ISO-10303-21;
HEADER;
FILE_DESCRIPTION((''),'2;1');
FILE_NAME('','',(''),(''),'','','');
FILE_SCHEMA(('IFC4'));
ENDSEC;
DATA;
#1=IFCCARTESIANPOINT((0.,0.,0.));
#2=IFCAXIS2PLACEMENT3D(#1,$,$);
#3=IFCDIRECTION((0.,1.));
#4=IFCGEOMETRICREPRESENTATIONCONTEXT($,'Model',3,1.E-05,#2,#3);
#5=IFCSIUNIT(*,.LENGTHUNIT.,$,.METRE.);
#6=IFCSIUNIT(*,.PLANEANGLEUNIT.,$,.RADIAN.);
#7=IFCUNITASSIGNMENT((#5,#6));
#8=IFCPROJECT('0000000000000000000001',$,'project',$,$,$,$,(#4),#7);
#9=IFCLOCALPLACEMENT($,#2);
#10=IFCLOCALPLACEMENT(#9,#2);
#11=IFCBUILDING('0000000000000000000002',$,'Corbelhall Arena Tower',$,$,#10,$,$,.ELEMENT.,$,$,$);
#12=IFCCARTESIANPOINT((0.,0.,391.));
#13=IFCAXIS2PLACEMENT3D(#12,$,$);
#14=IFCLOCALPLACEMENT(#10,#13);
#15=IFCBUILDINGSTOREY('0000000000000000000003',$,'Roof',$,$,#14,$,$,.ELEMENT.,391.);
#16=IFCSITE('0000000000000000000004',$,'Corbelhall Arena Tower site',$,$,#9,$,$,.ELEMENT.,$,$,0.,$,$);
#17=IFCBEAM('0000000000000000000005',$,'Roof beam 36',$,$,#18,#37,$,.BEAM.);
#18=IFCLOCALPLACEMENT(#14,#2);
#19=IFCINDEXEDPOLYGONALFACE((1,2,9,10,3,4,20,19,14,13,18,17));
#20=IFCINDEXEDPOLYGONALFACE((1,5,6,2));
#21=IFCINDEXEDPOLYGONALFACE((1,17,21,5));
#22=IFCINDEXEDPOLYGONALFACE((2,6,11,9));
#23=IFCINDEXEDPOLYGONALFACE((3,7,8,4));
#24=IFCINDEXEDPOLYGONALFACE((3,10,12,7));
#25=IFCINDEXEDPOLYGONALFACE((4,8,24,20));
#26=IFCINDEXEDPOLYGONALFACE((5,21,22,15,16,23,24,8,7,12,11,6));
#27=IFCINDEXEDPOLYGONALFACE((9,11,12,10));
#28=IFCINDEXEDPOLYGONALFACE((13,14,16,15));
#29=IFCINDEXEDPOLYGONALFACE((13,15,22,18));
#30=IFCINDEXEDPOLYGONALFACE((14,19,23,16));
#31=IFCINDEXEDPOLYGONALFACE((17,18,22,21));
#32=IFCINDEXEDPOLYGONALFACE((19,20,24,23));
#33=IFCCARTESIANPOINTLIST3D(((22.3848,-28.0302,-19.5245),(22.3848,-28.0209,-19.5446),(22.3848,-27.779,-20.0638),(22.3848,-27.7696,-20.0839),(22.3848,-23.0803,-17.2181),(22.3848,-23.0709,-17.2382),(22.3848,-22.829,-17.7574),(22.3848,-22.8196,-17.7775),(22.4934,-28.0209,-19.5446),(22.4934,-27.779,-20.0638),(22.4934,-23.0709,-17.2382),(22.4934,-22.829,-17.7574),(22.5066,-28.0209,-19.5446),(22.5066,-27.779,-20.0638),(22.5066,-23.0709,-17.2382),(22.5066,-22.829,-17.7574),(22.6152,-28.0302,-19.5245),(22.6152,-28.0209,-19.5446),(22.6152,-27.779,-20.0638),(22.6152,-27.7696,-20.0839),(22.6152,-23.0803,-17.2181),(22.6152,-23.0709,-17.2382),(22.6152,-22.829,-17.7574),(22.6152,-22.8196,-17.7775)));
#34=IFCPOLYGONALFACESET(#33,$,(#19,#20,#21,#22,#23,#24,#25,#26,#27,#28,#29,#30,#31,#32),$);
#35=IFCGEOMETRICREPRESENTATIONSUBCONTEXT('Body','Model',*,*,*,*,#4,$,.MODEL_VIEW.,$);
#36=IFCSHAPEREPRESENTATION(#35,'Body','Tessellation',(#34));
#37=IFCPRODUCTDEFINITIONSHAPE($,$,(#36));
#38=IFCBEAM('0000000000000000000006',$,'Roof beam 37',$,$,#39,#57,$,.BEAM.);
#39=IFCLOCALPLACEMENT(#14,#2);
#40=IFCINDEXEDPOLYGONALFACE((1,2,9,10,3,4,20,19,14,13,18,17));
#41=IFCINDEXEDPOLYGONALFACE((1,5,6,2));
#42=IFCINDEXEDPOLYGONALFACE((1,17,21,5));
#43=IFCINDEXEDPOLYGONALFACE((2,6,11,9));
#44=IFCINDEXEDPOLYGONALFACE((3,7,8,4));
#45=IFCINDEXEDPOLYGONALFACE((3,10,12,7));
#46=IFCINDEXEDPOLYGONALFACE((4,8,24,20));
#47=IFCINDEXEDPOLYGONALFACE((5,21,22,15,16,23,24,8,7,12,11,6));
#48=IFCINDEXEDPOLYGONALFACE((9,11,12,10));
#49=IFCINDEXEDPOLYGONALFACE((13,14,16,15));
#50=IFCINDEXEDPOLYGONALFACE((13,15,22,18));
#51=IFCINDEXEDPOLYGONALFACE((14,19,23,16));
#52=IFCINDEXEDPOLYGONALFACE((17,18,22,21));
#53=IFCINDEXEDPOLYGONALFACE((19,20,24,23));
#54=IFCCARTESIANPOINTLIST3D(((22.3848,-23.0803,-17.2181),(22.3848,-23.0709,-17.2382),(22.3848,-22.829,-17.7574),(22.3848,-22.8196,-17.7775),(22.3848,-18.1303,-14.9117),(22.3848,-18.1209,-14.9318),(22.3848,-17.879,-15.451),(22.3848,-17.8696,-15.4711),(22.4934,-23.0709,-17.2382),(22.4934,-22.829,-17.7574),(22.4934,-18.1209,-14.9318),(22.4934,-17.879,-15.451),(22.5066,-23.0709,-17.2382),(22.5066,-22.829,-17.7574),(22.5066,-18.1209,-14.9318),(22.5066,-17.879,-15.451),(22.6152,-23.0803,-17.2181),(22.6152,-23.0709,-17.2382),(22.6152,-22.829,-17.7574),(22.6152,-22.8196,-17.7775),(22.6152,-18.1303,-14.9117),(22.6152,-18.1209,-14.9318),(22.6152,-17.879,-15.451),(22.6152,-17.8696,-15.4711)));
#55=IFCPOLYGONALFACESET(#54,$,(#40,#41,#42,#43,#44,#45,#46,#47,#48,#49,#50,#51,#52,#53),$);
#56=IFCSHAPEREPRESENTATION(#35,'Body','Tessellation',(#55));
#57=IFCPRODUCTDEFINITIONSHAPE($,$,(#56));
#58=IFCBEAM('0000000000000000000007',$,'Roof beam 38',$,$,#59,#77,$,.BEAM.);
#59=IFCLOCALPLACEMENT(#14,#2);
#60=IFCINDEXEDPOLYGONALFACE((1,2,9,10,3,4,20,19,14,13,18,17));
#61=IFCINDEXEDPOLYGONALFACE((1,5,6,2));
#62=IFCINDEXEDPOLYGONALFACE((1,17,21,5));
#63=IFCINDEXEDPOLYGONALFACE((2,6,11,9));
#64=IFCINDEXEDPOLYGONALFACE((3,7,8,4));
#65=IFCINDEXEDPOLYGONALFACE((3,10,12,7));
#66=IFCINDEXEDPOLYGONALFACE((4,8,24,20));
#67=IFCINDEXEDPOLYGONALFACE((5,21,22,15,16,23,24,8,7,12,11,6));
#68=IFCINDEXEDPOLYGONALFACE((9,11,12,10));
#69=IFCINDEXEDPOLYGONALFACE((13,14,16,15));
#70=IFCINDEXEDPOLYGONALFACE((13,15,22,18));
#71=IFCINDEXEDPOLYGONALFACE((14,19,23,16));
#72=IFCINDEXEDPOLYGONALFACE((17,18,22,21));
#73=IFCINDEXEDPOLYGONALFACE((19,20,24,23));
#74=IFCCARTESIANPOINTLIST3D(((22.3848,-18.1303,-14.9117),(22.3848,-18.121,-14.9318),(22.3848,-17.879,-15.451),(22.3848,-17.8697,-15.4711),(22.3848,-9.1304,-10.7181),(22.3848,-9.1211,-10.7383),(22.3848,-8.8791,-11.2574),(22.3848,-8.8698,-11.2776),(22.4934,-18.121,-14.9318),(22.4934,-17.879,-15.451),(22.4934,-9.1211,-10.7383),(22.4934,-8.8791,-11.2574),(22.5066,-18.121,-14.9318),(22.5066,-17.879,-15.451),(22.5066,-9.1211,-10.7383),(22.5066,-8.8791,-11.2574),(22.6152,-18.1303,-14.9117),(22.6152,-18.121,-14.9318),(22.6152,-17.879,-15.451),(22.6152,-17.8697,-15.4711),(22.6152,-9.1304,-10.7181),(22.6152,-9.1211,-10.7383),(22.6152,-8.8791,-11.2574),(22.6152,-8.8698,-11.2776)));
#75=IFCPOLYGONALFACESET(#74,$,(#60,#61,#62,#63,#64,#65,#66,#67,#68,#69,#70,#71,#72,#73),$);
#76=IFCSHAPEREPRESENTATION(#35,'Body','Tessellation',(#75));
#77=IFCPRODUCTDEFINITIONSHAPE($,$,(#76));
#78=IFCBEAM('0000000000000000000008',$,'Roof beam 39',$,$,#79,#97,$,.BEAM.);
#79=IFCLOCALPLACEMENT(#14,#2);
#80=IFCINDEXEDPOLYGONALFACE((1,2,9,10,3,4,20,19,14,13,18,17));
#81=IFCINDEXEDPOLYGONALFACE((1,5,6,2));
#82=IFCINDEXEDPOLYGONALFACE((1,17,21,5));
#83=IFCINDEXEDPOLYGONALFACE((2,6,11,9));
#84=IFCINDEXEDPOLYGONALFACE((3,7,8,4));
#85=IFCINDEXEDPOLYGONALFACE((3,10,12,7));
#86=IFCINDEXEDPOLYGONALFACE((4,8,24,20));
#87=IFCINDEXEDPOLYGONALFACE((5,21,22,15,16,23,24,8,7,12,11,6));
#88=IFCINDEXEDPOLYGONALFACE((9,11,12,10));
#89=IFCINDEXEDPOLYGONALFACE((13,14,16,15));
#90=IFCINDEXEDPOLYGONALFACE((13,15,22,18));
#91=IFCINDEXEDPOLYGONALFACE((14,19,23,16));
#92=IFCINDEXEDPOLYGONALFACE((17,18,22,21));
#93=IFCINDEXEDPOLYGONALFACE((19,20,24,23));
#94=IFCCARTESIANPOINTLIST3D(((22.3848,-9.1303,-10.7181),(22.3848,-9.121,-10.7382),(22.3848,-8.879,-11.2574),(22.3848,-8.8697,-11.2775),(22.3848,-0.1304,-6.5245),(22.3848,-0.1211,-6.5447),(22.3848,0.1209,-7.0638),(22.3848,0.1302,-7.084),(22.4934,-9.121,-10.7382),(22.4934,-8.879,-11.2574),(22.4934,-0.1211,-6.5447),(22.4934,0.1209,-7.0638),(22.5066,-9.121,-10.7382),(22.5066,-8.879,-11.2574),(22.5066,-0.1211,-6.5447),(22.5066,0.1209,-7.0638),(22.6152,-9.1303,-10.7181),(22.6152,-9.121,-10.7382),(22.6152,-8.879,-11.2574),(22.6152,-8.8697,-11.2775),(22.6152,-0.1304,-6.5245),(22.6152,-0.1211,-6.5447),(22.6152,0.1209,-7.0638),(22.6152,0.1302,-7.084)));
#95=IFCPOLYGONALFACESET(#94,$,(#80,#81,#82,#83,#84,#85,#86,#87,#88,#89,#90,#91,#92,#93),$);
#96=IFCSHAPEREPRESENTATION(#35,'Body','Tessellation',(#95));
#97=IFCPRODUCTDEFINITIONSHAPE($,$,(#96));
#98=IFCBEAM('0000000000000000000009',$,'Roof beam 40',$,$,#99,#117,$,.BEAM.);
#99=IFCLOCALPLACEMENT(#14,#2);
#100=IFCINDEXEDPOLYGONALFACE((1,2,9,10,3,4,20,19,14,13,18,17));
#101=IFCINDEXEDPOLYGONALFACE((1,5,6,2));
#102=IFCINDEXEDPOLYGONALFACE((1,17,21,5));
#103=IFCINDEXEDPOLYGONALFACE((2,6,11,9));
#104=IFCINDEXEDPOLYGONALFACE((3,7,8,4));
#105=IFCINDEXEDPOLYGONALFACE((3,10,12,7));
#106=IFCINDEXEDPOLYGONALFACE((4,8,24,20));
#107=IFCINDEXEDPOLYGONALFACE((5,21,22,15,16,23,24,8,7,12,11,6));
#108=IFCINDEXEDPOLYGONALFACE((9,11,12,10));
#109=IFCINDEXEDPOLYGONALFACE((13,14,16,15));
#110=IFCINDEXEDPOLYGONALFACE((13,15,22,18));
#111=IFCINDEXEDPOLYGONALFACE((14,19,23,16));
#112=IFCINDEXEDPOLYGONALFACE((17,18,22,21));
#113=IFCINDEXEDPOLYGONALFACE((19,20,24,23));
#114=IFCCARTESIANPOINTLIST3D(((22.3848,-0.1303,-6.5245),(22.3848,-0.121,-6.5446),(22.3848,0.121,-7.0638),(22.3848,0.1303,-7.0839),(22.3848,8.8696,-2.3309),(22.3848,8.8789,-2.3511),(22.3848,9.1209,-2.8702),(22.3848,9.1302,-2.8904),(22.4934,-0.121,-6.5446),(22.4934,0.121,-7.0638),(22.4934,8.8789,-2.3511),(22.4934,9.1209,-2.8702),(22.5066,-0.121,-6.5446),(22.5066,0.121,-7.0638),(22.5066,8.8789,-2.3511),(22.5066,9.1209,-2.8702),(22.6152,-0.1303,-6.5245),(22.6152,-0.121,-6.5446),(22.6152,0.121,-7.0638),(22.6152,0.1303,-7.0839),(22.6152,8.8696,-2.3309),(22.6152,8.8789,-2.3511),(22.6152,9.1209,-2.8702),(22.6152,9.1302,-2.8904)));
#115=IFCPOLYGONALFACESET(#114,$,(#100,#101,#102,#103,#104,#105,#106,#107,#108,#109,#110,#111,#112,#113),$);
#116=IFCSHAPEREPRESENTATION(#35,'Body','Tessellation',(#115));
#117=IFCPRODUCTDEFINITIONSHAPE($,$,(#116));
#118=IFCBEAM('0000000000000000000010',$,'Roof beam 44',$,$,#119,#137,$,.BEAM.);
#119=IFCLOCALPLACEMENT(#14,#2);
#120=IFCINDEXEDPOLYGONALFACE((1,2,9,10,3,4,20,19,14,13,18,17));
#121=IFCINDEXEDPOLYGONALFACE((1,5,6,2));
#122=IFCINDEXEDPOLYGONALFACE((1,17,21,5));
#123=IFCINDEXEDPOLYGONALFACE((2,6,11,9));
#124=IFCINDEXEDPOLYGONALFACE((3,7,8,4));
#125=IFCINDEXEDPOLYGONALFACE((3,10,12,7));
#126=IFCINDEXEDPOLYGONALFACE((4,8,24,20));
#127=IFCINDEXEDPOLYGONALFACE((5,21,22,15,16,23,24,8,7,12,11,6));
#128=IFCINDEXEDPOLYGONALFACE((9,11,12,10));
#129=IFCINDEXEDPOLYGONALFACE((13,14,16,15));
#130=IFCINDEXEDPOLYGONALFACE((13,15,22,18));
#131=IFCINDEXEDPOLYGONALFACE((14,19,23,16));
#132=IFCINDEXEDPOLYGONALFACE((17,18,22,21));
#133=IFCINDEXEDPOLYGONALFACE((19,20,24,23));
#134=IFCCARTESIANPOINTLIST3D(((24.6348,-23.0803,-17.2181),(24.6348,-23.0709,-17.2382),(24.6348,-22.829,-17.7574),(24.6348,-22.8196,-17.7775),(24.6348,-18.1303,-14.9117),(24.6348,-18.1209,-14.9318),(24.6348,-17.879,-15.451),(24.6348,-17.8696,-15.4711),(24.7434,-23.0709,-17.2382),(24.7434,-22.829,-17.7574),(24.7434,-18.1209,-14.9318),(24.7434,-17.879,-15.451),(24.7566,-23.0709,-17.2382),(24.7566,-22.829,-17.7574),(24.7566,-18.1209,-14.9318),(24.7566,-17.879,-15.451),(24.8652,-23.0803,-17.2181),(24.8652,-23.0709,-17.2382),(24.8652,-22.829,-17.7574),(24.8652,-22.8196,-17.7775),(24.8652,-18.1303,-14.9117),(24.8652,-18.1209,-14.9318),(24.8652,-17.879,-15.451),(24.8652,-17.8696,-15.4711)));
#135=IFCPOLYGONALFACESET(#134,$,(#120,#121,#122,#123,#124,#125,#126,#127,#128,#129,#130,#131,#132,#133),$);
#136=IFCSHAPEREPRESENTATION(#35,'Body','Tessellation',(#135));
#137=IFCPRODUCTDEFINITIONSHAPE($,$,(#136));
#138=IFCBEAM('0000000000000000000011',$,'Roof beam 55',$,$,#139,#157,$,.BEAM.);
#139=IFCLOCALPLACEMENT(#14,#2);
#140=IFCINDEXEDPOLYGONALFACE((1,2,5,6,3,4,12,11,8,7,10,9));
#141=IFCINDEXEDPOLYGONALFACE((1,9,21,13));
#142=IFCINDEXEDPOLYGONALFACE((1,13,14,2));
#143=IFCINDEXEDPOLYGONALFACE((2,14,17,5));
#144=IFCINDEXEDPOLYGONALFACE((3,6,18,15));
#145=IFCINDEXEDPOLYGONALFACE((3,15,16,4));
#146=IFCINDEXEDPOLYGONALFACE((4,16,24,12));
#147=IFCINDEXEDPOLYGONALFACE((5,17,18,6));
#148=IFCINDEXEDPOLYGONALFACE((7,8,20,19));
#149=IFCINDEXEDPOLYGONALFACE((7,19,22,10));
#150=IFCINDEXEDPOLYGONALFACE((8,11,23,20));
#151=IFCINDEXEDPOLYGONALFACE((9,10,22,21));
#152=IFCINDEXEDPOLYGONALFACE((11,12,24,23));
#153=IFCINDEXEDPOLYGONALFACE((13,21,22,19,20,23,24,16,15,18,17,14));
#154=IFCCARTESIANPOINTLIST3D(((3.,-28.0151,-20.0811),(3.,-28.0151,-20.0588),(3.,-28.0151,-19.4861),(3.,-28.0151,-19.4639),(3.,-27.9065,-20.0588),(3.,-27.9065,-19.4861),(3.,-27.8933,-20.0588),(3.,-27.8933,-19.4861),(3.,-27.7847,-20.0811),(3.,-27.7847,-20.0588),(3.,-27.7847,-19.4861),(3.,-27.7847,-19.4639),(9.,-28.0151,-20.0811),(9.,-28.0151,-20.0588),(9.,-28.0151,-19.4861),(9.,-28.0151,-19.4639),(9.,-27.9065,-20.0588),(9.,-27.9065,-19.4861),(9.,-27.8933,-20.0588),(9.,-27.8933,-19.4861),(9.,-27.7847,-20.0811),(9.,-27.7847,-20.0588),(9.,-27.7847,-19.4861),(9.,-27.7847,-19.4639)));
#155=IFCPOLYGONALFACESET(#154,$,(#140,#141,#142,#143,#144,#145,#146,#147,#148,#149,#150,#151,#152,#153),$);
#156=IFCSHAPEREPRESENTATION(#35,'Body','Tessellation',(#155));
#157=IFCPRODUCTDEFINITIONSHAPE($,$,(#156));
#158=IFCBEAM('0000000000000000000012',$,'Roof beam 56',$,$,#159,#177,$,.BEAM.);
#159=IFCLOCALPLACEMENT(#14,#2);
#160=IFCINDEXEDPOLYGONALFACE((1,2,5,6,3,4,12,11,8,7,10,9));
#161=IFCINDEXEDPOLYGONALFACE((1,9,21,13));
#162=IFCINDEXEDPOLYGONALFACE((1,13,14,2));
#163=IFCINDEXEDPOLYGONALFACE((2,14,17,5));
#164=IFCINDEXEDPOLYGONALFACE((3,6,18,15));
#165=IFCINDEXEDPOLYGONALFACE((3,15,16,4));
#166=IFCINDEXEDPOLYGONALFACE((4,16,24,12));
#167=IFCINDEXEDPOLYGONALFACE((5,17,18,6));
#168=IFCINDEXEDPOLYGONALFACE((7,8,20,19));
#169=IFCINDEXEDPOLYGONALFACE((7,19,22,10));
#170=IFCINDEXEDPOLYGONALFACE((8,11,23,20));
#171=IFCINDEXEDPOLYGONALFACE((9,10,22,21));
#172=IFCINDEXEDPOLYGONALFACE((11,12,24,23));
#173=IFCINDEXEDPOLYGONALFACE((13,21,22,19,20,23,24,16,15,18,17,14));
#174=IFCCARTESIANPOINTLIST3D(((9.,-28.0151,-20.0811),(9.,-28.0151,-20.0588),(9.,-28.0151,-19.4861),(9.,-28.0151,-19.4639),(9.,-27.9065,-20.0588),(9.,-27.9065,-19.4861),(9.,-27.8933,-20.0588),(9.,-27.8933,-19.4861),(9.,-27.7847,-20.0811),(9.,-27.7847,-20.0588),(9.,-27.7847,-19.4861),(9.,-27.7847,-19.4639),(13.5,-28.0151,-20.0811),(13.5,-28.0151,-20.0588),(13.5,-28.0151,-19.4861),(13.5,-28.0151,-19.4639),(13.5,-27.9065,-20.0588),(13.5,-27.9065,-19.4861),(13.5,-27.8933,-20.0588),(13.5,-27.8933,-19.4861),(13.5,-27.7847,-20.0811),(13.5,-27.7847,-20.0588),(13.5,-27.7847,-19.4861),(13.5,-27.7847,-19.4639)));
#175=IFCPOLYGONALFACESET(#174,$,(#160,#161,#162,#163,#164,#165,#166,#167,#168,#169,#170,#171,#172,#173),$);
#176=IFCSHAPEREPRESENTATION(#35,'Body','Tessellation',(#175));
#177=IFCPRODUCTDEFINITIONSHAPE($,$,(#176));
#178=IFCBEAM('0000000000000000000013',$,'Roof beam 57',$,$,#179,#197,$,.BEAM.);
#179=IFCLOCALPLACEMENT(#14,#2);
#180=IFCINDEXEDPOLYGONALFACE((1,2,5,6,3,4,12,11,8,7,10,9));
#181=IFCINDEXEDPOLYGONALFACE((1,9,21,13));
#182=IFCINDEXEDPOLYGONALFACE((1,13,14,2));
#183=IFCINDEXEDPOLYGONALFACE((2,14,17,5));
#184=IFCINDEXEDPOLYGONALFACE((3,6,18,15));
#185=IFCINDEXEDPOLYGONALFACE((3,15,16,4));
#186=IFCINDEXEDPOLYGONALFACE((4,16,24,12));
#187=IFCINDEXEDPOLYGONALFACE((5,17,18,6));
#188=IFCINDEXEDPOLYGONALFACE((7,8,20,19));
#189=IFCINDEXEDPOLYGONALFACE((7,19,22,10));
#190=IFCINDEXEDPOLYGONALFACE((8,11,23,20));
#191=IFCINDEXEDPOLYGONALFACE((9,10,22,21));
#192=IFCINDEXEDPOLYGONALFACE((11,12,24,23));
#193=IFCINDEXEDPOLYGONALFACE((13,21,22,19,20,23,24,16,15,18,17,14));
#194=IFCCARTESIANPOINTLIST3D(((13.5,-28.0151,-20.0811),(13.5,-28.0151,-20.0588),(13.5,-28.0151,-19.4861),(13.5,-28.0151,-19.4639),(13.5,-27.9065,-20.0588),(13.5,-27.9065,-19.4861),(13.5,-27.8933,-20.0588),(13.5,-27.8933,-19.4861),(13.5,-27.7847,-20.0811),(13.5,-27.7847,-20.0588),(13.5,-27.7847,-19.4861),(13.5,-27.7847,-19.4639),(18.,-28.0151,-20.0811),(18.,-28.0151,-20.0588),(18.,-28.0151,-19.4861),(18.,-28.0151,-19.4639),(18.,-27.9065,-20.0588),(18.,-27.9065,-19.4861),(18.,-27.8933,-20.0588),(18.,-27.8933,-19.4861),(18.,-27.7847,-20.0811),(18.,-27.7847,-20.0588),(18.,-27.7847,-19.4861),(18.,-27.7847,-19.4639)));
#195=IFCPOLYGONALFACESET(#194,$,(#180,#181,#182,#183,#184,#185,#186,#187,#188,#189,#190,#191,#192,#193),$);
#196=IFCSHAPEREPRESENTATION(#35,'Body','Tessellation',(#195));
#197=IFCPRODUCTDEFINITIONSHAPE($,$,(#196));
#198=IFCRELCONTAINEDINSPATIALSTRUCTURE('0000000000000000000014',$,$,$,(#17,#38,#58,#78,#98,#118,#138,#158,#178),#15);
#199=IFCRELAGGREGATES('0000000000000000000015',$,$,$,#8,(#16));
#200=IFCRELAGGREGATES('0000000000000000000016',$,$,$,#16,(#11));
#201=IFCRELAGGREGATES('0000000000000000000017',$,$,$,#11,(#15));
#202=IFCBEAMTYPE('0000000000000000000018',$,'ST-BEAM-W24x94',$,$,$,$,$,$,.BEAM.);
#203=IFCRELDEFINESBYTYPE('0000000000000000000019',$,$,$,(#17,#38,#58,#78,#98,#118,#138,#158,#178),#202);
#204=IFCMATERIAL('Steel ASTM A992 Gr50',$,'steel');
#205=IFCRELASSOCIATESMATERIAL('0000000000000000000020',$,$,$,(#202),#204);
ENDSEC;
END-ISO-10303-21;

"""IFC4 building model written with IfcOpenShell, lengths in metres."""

from ifc_helpers import new_model, si_unit, direction, frame, origin, origin_2d, place, context, subcontext, project, spatial, i_section, extrude, material, material_profile, profile_set, type_object, element, save


model = new_model("IFC4")

# Units and contexts
model_context = context("Model", 3, precision=1e-05, world=origin(), true_north=direction((0.0, 1.0)))
body_context = subcontext(model_context, "Body", "Model", "MODEL_VIEW")
ifc_project = project(units=[si_unit("LENGTHUNIT", "METRE"), si_unit("PLANEANGLEUNIT", "RADIAN")], contexts=[model_context])

# Site, building, storey
site_placement = place(None, origin())
site = spatial("IfcSite", under=ifc_project, at=site_placement, Name="Corbelhall Arena Tower site", CompositionType="ELEMENT", RefElevation=0.0)
building_placement = place(site_placement, origin())
building = spatial("IfcBuilding", under=site, at=building_placement, Name="Corbelhall Arena Tower", CompositionType="ELEMENT")
storey_placement = place(building_placement, frame((0.0, 0.0, 391.0)))
storey = spatial("IfcBuildingStorey", under=building, at=storey_placement, Name="Roof", CompositionType="ELEMENT", Elevation=391.0)

# Beams
ifc_material_1 = material(Name="Steel ASTM A992 Gr50", Category="steel")
ifc_material_profile_1 = material_profile(ifc_material_1, i_section(OverallWidth=0.2305, OverallDepth=0.6172, WebThickness=0.0132, FlangeThickness=0.0222, at=origin_2d()))
ifc_profile_set_1 = profile_set([ifc_material_profile_1], Name="Steel ASTM A992 Gr50")
beam_type = type_object("IfcBeamType", Name="ST-BEAM-W24x94", PredefinedType="BEAM", material=ifc_profile_set_1)
for number, where, z_axis, x_axis, name in (
    (1, (22.5, -27.8999, -19.8042), (0.0, 0.906434, 0.422347), (-1.0, 0.0, 0.0), "Roof beam 36"),
    (2, (22.5, -22.95, -17.4978), (0.0, 0.906434, 0.422347), (-1.0, 0.0, 0.0), "Roof beam 37"),
):
    element("IfcBeam", number, at=place(storey_placement, frame(where, z_axis=z_axis, x_axis=x_axis)), inside=storey, type_object=beam_type, Name=name, PredefinedType="BEAM", context=body_context, shape_type="SweptSolid", body=[
        extrude(i_section(OverallWidth=0.2305, OverallDepth=0.6172, WebThickness=0.0132, FlangeThickness=0.0222, at=origin_2d()), origin(), (0.0, 0.0, 1.0), 5.4609),
    ])
for number, where, z_axis, x_axis, name in (
    (3, (22.5, -18.0, -15.1914), (0.0, 0.90643, 0.422356), (-1.0, 0.0, 0.0), "Roof beam 38"),
    (4, (22.5, -9.0, -10.9978), (0.0, 0.90643, 0.422356), (-1.0, 0.0, 0.0), "Roof beam 39"),
    (5, (22.5, 0.0, -6.8042), (0.0, 0.90643, 0.422356), (-1.0, 0.0, 0.0), "Roof beam 40"),
):
    element("IfcBeam", number, at=place(storey_placement, frame(where, z_axis=z_axis, x_axis=x_axis)), inside=storey, type_object=beam_type, Name=name, PredefinedType="BEAM", context=body_context, shape_type="SweptSolid", body=[
        extrude(i_section(OverallWidth=0.2305, OverallDepth=0.6172, WebThickness=0.0132, FlangeThickness=0.0222, at=origin_2d()), origin(), (0.0, 0.0, 1.0), 9.929),
    ])
beam_1_placement = place(storey_placement, frame((24.75, -22.95, -17.4978), z_axis=(0.0, 0.906434, 0.422347), x_axis=(-1.0, 0.0, 0.0)))
element("IfcBeam", 6, at=beam_1_placement, inside=storey, type_object=beam_type, Name="Roof beam 44", PredefinedType="BEAM", context=body_context, shape_type="SweptSolid", body=[
    extrude(i_section(OverallWidth=0.2305, OverallDepth=0.6172, WebThickness=0.0132, FlangeThickness=0.0222, at=origin_2d()), origin(), (0.0, 0.0, 1.0), 5.4609),
])
beam_2_placement = place(storey_placement, frame((3.0, -27.8999, -19.7725), z_axis=(1.0, 0.0, 0.0), x_axis=(0.0, 1.0, 0.0)))
element("IfcBeam", 7, at=beam_2_placement, inside=storey, type_object=beam_type, Name="Roof beam 55", PredefinedType="BEAM", context=body_context, shape_type="SweptSolid", body=[
    extrude(i_section(OverallWidth=0.2305, OverallDepth=0.6172, WebThickness=0.0132, FlangeThickness=0.0222, at=origin_2d()), origin(), (0.0, 0.0, 1.0), 6.0),
])
for number, where, z_axis, x_axis, name in (
    (8, (9.0, -27.8999, -19.7725), (1.0, 0.0, 0.0), (0.0, 1.0, 0.0), "Roof beam 56"),
    (9, (13.5, -27.8999, -19.7725), (1.0, 0.0, 0.0), (0.0, 1.0, 0.0), "Roof beam 57"),
):
    element("IfcBeam", number, at=place(storey_placement, frame(where, z_axis=z_axis, x_axis=x_axis)), inside=storey, type_object=beam_type, Name=name, PredefinedType="BEAM", context=body_context, shape_type="SweptSolid", body=[
        extrude(i_section(OverallWidth=0.2305, OverallDepth=0.6172, WebThickness=0.0132, FlangeThickness=0.0222, at=origin_2d()), origin(), (0.0, 0.0, 1.0), 4.5),
    ])

save(model, "model.ifc")
